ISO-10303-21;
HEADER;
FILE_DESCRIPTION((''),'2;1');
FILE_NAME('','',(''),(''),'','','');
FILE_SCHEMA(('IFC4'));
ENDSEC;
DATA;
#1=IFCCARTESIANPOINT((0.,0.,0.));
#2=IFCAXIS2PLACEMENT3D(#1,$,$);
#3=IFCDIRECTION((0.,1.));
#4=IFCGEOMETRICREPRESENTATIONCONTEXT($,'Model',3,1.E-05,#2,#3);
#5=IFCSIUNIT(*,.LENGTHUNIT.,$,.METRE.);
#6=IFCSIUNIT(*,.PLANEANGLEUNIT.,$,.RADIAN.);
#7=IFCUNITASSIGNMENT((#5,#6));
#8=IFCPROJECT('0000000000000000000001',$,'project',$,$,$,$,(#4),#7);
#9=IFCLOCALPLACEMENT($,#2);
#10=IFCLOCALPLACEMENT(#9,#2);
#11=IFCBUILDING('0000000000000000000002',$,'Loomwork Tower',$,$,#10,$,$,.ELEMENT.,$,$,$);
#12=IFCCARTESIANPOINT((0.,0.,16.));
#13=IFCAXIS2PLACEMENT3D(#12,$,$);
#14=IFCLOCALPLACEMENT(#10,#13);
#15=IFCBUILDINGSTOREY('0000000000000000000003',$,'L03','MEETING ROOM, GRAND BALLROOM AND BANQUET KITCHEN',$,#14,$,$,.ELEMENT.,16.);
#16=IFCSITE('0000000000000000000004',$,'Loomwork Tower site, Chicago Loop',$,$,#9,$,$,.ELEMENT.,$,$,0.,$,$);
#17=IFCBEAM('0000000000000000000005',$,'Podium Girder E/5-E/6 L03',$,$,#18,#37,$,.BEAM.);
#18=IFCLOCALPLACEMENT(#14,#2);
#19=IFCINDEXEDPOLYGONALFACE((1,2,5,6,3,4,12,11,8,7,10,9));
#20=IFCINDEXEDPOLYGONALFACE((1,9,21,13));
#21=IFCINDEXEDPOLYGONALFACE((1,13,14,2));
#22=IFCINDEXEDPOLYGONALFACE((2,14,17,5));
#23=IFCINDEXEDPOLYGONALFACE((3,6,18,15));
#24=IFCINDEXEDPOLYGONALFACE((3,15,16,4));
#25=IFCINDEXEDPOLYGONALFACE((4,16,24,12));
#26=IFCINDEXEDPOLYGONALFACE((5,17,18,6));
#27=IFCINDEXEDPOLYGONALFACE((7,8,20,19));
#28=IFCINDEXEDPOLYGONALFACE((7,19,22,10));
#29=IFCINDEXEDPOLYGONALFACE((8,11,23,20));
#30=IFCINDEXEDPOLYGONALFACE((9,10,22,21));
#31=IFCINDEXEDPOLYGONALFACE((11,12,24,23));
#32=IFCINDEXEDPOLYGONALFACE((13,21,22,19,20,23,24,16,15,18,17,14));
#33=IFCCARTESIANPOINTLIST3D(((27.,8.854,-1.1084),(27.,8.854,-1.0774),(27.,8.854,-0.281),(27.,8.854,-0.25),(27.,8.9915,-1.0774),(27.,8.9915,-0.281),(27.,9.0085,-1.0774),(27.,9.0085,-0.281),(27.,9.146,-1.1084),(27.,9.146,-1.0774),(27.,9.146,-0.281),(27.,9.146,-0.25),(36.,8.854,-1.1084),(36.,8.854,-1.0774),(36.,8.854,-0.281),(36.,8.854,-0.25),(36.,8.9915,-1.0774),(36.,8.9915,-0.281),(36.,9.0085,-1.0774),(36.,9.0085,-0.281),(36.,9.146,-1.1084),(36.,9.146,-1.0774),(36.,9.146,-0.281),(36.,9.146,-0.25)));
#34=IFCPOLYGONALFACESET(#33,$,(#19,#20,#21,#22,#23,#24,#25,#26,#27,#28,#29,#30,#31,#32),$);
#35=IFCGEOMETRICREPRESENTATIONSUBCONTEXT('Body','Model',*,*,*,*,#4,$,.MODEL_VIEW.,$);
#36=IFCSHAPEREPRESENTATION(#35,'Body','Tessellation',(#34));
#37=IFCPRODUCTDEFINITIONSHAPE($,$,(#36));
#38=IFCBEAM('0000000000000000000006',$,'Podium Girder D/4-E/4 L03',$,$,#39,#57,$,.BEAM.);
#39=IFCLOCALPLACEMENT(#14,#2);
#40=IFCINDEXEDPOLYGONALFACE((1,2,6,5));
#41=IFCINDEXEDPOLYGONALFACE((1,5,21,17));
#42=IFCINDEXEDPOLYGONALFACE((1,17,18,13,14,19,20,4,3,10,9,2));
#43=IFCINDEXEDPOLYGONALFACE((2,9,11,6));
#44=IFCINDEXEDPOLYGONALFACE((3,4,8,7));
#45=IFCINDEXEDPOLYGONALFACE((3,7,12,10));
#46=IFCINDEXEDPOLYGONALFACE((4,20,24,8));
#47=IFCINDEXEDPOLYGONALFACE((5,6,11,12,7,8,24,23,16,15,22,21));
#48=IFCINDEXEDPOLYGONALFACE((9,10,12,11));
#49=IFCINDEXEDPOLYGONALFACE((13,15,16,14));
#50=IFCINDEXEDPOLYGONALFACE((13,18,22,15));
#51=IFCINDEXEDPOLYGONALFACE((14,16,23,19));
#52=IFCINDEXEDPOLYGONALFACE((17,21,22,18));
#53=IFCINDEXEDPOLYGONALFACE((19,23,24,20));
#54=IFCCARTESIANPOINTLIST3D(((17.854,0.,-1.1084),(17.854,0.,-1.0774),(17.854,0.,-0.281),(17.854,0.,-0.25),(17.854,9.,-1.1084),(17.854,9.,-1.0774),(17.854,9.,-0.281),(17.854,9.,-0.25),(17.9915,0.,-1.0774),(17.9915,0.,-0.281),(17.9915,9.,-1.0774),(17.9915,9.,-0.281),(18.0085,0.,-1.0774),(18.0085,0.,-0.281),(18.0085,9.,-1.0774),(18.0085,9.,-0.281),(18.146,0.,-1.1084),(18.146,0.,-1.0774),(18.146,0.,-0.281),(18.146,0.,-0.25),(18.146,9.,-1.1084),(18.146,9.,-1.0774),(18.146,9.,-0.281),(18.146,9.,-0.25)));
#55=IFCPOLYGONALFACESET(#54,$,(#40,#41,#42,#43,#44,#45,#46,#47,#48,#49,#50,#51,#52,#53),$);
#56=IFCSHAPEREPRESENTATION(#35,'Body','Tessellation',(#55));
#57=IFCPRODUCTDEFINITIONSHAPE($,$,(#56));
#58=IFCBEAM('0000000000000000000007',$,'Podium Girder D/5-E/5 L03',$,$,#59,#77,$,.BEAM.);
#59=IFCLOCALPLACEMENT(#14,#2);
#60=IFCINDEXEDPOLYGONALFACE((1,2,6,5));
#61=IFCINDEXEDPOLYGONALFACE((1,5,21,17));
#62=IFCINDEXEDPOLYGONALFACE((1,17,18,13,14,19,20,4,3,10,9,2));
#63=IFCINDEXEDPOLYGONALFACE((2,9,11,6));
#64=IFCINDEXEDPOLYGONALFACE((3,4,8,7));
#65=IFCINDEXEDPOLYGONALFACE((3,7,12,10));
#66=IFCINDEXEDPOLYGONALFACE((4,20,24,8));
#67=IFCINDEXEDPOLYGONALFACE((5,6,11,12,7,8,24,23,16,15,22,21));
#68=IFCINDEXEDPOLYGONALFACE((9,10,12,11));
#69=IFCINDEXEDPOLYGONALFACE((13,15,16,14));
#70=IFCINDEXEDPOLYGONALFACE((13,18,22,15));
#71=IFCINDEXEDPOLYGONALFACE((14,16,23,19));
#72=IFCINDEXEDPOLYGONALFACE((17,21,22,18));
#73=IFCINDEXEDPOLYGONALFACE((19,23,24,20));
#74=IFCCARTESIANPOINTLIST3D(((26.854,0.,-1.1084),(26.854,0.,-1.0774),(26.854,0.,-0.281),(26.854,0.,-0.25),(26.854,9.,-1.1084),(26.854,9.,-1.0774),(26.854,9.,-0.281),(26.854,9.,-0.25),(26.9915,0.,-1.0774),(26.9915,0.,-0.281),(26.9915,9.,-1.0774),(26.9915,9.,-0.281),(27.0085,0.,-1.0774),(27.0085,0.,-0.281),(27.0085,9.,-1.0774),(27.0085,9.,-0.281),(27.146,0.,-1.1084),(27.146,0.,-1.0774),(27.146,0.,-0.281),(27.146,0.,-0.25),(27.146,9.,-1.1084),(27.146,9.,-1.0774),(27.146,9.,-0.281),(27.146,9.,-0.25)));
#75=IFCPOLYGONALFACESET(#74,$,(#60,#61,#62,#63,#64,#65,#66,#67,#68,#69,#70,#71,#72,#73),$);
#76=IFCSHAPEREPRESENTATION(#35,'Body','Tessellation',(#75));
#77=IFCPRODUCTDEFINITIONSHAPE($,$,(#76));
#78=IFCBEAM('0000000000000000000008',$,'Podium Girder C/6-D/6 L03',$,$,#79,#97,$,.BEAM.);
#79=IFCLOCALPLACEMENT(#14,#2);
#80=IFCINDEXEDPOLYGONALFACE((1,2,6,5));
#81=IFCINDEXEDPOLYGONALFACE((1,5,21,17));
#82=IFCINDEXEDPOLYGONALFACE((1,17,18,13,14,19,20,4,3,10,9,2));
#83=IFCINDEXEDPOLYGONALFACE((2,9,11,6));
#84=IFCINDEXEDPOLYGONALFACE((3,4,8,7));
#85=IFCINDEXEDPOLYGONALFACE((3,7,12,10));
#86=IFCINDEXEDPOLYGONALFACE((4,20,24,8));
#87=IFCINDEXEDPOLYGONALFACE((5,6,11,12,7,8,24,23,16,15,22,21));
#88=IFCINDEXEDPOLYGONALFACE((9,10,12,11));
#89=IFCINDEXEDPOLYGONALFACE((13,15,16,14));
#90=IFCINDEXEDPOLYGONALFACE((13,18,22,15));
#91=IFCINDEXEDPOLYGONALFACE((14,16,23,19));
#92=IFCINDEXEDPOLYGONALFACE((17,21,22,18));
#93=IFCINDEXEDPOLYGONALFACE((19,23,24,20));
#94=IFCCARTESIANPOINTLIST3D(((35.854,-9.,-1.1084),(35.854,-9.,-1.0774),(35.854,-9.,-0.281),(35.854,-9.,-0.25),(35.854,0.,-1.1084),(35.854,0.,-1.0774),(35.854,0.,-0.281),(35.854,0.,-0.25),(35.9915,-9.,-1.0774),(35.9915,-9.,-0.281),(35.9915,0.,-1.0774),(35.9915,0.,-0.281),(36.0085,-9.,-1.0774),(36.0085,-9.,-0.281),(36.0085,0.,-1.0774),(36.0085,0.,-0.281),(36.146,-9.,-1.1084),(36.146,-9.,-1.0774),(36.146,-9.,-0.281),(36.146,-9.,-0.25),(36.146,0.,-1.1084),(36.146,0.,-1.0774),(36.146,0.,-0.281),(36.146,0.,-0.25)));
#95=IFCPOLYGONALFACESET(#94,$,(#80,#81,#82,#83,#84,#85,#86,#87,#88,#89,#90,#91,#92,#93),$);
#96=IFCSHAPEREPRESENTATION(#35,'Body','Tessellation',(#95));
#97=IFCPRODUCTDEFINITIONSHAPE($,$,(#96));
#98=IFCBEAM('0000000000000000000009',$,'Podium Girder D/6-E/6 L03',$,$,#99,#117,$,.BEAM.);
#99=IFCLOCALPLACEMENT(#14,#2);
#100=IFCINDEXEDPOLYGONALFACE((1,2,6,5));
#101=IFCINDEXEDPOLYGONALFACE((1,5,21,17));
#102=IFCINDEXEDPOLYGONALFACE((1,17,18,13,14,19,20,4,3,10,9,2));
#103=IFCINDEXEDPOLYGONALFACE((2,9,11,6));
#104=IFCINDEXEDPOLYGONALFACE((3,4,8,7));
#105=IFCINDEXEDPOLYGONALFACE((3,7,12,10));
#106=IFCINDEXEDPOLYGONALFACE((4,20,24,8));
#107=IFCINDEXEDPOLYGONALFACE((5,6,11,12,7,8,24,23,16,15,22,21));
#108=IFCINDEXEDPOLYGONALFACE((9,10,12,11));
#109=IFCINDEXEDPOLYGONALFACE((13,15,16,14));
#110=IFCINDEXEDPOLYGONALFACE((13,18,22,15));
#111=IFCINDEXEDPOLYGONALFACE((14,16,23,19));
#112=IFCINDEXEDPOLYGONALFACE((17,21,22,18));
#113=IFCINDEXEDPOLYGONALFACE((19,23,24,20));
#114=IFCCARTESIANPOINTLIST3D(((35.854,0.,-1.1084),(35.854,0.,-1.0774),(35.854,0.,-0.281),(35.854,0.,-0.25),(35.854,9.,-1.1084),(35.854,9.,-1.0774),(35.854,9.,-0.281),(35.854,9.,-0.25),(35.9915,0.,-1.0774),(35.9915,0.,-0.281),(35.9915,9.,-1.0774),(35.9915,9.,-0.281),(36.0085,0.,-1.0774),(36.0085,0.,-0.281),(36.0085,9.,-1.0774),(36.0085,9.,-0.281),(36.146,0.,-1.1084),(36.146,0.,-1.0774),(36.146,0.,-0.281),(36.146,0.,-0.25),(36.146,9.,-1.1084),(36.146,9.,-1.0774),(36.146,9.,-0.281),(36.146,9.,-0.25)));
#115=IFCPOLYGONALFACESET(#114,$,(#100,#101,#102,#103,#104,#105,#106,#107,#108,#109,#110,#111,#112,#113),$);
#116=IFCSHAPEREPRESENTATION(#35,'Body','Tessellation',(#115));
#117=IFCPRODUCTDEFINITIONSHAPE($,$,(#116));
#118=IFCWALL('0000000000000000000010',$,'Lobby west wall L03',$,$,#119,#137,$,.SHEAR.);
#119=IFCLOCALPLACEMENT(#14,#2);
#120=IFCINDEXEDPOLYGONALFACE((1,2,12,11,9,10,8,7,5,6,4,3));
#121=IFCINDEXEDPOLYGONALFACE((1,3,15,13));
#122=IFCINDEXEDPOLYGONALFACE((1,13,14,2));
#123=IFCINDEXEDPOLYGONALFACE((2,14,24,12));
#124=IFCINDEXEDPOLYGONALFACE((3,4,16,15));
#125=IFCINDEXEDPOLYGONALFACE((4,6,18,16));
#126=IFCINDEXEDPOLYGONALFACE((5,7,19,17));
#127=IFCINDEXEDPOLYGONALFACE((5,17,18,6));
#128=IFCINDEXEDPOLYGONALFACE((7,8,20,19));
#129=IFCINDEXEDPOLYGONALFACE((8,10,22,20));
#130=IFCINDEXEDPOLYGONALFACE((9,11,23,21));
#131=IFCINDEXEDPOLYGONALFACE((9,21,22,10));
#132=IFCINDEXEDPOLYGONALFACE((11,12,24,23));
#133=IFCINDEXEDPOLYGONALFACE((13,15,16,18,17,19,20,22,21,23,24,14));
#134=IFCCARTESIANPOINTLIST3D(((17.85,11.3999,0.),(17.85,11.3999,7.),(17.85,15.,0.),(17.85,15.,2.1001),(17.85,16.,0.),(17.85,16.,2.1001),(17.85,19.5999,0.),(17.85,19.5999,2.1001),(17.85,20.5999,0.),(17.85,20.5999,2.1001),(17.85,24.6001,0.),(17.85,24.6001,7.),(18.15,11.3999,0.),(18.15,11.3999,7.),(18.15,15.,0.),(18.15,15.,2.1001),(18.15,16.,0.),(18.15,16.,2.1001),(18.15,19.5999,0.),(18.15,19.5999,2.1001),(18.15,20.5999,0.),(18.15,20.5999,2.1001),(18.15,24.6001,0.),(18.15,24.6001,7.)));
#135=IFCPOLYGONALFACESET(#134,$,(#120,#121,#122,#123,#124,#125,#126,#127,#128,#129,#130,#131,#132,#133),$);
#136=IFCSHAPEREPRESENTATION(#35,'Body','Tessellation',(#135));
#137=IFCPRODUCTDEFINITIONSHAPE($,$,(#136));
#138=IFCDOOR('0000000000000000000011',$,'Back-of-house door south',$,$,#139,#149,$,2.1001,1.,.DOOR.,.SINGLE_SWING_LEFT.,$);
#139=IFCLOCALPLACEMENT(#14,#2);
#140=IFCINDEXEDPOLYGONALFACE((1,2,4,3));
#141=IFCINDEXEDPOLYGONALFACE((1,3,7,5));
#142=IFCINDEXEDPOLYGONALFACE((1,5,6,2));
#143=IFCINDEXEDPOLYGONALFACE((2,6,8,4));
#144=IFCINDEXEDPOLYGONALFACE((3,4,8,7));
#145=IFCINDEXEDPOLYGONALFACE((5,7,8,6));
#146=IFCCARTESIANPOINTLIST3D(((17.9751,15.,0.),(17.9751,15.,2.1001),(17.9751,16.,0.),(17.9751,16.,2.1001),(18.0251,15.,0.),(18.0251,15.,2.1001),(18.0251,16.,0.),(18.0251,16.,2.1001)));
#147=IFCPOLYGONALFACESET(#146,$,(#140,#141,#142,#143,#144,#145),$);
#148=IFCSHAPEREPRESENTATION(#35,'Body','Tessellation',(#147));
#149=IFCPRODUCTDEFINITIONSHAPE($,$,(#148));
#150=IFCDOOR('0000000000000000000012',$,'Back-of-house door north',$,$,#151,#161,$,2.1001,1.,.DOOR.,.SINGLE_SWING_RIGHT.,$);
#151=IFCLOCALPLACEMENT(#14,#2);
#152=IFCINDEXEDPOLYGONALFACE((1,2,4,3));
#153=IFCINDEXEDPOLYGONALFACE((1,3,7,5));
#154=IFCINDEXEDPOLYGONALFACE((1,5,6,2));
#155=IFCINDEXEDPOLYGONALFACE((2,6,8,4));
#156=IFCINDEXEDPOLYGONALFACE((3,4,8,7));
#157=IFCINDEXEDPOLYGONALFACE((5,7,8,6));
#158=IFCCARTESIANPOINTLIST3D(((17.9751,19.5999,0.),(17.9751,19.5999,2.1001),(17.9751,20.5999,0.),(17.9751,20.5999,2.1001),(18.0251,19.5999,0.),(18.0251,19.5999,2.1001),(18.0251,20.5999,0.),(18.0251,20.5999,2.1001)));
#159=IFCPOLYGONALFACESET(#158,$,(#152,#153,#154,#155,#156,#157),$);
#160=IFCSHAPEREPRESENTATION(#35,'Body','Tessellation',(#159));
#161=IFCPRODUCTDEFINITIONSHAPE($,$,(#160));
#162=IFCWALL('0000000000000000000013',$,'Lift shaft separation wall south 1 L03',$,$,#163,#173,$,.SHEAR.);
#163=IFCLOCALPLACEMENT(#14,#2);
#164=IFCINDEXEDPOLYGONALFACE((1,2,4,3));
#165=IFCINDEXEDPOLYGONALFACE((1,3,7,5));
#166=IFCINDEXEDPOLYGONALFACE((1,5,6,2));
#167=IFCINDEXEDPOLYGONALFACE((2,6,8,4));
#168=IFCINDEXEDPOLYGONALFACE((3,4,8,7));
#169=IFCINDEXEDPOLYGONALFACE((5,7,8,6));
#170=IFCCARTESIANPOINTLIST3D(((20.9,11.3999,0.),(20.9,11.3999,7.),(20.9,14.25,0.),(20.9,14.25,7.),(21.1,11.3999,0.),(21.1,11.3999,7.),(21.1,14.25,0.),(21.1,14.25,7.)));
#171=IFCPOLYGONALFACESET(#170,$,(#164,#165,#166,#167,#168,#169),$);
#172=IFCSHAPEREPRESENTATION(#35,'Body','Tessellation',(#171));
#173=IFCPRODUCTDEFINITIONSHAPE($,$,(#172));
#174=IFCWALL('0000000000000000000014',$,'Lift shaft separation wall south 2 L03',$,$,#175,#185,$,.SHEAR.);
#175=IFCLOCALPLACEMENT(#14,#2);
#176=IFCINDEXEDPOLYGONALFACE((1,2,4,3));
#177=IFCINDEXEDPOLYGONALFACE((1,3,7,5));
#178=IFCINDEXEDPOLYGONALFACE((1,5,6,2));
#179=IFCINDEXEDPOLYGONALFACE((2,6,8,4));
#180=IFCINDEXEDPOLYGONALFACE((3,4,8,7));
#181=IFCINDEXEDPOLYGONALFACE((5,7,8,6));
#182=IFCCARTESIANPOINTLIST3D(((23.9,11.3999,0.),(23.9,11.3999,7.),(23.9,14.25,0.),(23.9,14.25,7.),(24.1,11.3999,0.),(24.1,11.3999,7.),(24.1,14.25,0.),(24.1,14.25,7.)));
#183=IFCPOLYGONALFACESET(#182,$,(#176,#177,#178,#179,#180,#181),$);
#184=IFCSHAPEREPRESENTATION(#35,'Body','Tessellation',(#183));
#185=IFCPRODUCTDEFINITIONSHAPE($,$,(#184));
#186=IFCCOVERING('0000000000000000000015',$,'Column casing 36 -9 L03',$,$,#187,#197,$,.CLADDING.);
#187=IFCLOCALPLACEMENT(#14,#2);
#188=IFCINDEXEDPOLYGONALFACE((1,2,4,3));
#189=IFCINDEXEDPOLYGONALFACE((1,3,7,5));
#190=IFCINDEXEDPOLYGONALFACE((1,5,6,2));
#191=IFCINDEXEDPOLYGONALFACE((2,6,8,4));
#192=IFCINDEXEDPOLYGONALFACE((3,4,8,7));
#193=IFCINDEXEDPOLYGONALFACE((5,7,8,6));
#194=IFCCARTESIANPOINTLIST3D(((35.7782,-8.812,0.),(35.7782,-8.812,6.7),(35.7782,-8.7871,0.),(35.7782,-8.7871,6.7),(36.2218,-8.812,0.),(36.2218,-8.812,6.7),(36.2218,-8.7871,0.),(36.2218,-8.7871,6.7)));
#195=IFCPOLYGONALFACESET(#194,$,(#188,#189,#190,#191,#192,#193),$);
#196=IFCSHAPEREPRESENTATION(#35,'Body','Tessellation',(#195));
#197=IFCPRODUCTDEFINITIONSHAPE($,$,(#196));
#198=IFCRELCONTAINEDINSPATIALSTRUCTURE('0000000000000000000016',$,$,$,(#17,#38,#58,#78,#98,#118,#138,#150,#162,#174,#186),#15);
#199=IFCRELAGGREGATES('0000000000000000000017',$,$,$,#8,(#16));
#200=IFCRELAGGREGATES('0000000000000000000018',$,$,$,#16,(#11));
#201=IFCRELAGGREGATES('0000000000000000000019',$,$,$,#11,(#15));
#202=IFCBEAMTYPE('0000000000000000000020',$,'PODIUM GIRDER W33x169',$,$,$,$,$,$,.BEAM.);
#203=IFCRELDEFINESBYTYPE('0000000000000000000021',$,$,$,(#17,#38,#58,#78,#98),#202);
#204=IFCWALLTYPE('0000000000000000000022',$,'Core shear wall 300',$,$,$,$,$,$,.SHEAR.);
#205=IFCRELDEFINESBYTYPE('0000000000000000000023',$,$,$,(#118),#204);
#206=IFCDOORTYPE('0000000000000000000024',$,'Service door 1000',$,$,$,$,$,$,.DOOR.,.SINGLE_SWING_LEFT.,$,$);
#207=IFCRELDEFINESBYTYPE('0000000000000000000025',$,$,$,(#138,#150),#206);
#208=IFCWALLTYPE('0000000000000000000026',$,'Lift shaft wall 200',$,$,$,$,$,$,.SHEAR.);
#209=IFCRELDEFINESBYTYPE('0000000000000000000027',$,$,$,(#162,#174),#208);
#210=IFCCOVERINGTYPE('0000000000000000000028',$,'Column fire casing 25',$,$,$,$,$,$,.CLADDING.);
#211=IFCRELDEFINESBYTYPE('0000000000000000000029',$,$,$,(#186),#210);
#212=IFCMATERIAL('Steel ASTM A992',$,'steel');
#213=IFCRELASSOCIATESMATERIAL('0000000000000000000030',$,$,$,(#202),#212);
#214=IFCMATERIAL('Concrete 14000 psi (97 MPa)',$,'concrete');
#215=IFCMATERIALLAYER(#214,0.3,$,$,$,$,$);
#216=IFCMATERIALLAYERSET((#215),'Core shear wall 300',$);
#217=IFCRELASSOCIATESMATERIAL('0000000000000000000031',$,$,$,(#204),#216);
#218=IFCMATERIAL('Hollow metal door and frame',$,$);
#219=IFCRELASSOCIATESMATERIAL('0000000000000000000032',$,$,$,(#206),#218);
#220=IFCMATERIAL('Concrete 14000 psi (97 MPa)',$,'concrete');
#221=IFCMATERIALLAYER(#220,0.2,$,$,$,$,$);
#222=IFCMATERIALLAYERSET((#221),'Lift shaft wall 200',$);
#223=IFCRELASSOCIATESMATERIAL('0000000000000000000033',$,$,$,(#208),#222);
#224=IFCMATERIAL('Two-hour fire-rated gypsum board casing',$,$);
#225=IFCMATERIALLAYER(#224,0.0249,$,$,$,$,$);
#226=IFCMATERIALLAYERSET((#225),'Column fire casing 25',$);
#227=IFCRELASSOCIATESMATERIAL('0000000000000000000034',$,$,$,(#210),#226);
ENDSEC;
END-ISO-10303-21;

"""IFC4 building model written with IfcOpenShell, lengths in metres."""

from ifc_helpers import new_model, si_unit, direction, frame, frame_2d, origin, origin_2d, place, context, subcontext, project, spatial, rectangle, i_section, extrude, material, layer, layer_set, material_profile, profile_set, type_object, element, fill, save


model = new_model("IFC4")

# Units and contexts
model_context = context("Model", 3, precision=1e-05, world=origin(), true_north=direction((0.0, 1.0)))
body_context = subcontext(model_context, "Body", "Model", "MODEL_VIEW")
ifc_project = project(units=[si_unit("LENGTHUNIT", "METRE"), si_unit("PLANEANGLEUNIT", "RADIAN")], contexts=[model_context])

# Site, building, storey
site_placement = place(None, origin())
site = spatial("IfcSite", under=ifc_project, at=site_placement, Name="Loomwork Tower site, Chicago Loop", CompositionType="ELEMENT", RefElevation=0.0)
building_placement = place(site_placement, origin())
building = spatial("IfcBuilding", under=site, at=building_placement, Name="Loomwork Tower", CompositionType="ELEMENT")
storey_placement = place(building_placement, frame((0.0, 0.0, 16.0)))
storey = spatial("IfcBuildingStorey", under=building, at=storey_placement, Name="L03", Description="MEETING ROOM, GRAND BALLROOM AND BANQUET KITCHEN", CompositionType="ELEMENT", Elevation=16.0)

# Beams
ifc_material_1 = material(Name="Steel ASTM A992", Category="steel")
ifc_material_profile_1 = material_profile(ifc_material_1, i_section(OverallWidth=0.292, OverallDepth=0.8584, WebThickness=0.0171, FlangeThickness=0.031, at=origin_2d()), Name="W33x169")
ifc_profile_set_1 = profile_set([ifc_material_profile_1], Name="Steel ASTM A992")
beam_type_1 = type_object("IfcBeamType", Name="PODIUM GIRDER W33x169", PredefinedType="BEAM", material=ifc_profile_set_1)
for number, where, z_axis, x_axis, name in (
    (1, (27.0, 9.0, -0.6792), (1.0, 0.0, 0.0), (0.0, 1.0, 0.0), "Podium Girder E/5-E/6 L03"),
    (2, (18.0, 0.0, -0.6792), (0.0, 1.0, 0.0), (-1.0, 0.0, 0.0), "Podium Girder D/4-E/4 L03"),
    (3, (27.0, 0.0, -0.6792), (0.0, 1.0, 0.0), (-1.0, 0.0, 0.0), "Podium Girder D/5-E/5 L03"),
    (4, (36.0, -9.0, -0.6792), (0.0, 1.0, 0.0), (-1.0, 0.0, 0.0), "Podium Girder C/6-D/6 L03"),
    (5, (36.0, 0.0, -0.6792), (0.0, 1.0, 0.0), (-1.0, 0.0, 0.0), "Podium Girder D/6-E/6 L03"),
):
    element("IfcBeam", number, at=place(storey_placement, frame(where, z_axis=z_axis, x_axis=x_axis)), inside=storey, type_object=beam_type_1, Name=name, PredefinedType="BEAM", context=body_context, shape_type="SweptSolid", body=[
        extrude(i_section(OverallWidth=0.292, OverallDepth=0.8584, WebThickness=0.0171, FlangeThickness=0.031, at=origin_2d()), origin(), (0.0, 0.0, 1.0), 9.0),
    ])

# Wall, openings, doors
ifc_material_2 = material(Name="Concrete 14000 psi (97 MPa)", Category="concrete")
ifc_layer_1 = layer(ifc_material_2, 0.3)
ifc_layer_set_1 = layer_set([ifc_layer_1], Name="Core shear wall 300")
wall_type_1 = type_object("IfcWallType", Name="Core shear wall 300", PredefinedType="SHEAR", material=ifc_layer_set_1)
wall_placement = place(storey_placement, frame((18.0, 11.3999, 0.0), z_axis=(0.0, 0.0, 1.0), x_axis=(0.0, 1.0, 0.0)))
wall = element("IfcWall", 6, at=wall_placement, inside=storey, type_object=wall_type_1, Name="Lobby west wall L03", PredefinedType="SHEAR", context=body_context, shape_type="SweptSolid", body=[
    extrude(rectangle(XDim=13.2002, YDim=0.3, at=frame_2d((6.6001, 0.0))), origin(), (0.0, 0.0, 1.0), 7.0),
])
opening_1_placement = place(wall_placement, frame((3.6001, 0.0, 0.0)))
opening_1 = element("IfcOpeningElement", 7, at=opening_1_placement, cuts=wall, PredefinedType="OPENING", context=body_context, shape_type="SweptSolid", body=[
    extrude(rectangle(XDim=1.0, YDim=2.1001, at=frame_2d((0.5, 1.05))), frame((0.0, 0.1599, 0.0), z_axis=(0.0, -1.0, 0.0), x_axis=(1.0, 0.0, 0.0)), (0.0, 0.0, 1.0), 0.3201),
])
opening_2_placement = place(wall_placement, frame((8.2, 0.0, 0.0)))
opening_2 = element("IfcOpeningElement", 8, at=opening_2_placement, cuts=wall, PredefinedType="OPENING", context=body_context, shape_type="SweptSolid", body=[
    extrude(rectangle(XDim=1.0, YDim=2.1001, at=frame_2d((0.5, 1.05))), frame((0.0, 0.1599, 0.0), z_axis=(0.0, -1.0, 0.0), x_axis=(1.0, 0.0, 0.0)), (0.0, 0.0, 1.0), 0.3201),
])
ifc_material_3 = material(Name="Hollow metal door and frame")
door_type = type_object("IfcDoorType", Name="Service door 1000", OperationType="SINGLE_SWING_LEFT", PredefinedType="DOOR", material=ifc_material_3)
door_1_placement = place(opening_1_placement, origin())
door_1 = element("IfcDoor", 9, at=door_1_placement, inside=storey, type_object=door_type, Name="Back-of-house door south", OperationType="SINGLE_SWING_LEFT", OverallHeight=2.1001, OverallWidth=1.0, PredefinedType="DOOR", context=body_context, shape_type="SweptSolid", body=[
    extrude(rectangle(XDim=1.0, YDim=2.1001, at=frame_2d((0.5, 1.05))), frame((0.0, 0.0249, 0.0), z_axis=(0.0, -1.0, 0.0), x_axis=(1.0, 0.0, 0.0)), (0.0, 0.0, 1.0), 0.05),
])
fill(opening_1, door_1)
door_2_placement = place(opening_2_placement, origin())
door_2 = element("IfcDoor", 10, at=door_2_placement, inside=storey, type_object=door_type, Name="Back-of-house door north", OperationType="SINGLE_SWING_RIGHT", OverallHeight=2.1001, OverallWidth=1.0, PredefinedType="DOOR", context=body_context, shape_type="SweptSolid", body=[
    extrude(rectangle(XDim=1.0, YDim=2.1001, at=frame_2d((0.5, 1.05))), frame((0.0, 0.0249, 0.0), z_axis=(0.0, -1.0, 0.0), x_axis=(1.0, 0.0, 0.0)), (0.0, 0.0, 1.0), 0.05),
])
fill(opening_2, door_2)

# Walls
ifc_material_4 = material(Name="Concrete 14000 psi (97 MPa)", Category="concrete")
ifc_layer_2 = layer(ifc_material_4, 0.2)
ifc_layer_set_2 = layer_set([ifc_layer_2], Name="Lift shaft wall 200")
wall_type_2 = type_object("IfcWallType", Name="Lift shaft wall 200", PredefinedType="SHEAR", material=ifc_layer_set_2)
for number, where, z_axis, x_axis, name in (
    (11, (21.0, 11.3999, 0.0), (0.0, 0.0, 1.0), (0.0, 1.0, 0.0), "Lift shaft separation wall south 1 L03"),
    (12, (24.0, 11.3999, 0.0), (0.0, 0.0, 1.0), (0.0, 1.0, 0.0), "Lift shaft separation wall south 2 L03"),
):
    element("IfcWall", number, at=place(storey_placement, frame(where, z_axis=z_axis, x_axis=x_axis)), inside=storey, type_object=wall_type_2, Name=name, PredefinedType="SHEAR", context=body_context, shape_type="SweptSolid", body=[
        extrude(rectangle(XDim=2.8501, YDim=0.2, at=frame_2d((1.425, 0.0))), origin(), (0.0, 0.0, 1.0), 7.0),
    ])

# Covering
ifc_material_5 = material(Name="Two-hour fire-rated gypsum board casing")
ifc_layer_3 = layer(ifc_material_5, 0.0249)
ifc_layer_set_3 = layer_set([ifc_layer_3], Name="Column fire casing 25")
covering_type = type_object("IfcCoveringType", Name="Column fire casing 25", PredefinedType="CLADDING", material=ifc_layer_set_3)
covering_placement = place(storey_placement, frame((36.0, -8.7996, 0.0), z_axis=(0.0, 0.0, 1.0), x_axis=(1.0, 0.0, 0.0)))
element("IfcCovering", 13, at=covering_placement, inside=storey, type_object=covering_type, Name="Column casing 36 -9 L03", PredefinedType="CLADDING", context=body_context, shape_type="SweptSolid", body=[
    extrude(rectangle(XDim=0.4436, YDim=0.0249, at=origin_2d()), origin(), (0.0, 0.0, 1.0), 6.7),
])

save(model, "model.ifc")
